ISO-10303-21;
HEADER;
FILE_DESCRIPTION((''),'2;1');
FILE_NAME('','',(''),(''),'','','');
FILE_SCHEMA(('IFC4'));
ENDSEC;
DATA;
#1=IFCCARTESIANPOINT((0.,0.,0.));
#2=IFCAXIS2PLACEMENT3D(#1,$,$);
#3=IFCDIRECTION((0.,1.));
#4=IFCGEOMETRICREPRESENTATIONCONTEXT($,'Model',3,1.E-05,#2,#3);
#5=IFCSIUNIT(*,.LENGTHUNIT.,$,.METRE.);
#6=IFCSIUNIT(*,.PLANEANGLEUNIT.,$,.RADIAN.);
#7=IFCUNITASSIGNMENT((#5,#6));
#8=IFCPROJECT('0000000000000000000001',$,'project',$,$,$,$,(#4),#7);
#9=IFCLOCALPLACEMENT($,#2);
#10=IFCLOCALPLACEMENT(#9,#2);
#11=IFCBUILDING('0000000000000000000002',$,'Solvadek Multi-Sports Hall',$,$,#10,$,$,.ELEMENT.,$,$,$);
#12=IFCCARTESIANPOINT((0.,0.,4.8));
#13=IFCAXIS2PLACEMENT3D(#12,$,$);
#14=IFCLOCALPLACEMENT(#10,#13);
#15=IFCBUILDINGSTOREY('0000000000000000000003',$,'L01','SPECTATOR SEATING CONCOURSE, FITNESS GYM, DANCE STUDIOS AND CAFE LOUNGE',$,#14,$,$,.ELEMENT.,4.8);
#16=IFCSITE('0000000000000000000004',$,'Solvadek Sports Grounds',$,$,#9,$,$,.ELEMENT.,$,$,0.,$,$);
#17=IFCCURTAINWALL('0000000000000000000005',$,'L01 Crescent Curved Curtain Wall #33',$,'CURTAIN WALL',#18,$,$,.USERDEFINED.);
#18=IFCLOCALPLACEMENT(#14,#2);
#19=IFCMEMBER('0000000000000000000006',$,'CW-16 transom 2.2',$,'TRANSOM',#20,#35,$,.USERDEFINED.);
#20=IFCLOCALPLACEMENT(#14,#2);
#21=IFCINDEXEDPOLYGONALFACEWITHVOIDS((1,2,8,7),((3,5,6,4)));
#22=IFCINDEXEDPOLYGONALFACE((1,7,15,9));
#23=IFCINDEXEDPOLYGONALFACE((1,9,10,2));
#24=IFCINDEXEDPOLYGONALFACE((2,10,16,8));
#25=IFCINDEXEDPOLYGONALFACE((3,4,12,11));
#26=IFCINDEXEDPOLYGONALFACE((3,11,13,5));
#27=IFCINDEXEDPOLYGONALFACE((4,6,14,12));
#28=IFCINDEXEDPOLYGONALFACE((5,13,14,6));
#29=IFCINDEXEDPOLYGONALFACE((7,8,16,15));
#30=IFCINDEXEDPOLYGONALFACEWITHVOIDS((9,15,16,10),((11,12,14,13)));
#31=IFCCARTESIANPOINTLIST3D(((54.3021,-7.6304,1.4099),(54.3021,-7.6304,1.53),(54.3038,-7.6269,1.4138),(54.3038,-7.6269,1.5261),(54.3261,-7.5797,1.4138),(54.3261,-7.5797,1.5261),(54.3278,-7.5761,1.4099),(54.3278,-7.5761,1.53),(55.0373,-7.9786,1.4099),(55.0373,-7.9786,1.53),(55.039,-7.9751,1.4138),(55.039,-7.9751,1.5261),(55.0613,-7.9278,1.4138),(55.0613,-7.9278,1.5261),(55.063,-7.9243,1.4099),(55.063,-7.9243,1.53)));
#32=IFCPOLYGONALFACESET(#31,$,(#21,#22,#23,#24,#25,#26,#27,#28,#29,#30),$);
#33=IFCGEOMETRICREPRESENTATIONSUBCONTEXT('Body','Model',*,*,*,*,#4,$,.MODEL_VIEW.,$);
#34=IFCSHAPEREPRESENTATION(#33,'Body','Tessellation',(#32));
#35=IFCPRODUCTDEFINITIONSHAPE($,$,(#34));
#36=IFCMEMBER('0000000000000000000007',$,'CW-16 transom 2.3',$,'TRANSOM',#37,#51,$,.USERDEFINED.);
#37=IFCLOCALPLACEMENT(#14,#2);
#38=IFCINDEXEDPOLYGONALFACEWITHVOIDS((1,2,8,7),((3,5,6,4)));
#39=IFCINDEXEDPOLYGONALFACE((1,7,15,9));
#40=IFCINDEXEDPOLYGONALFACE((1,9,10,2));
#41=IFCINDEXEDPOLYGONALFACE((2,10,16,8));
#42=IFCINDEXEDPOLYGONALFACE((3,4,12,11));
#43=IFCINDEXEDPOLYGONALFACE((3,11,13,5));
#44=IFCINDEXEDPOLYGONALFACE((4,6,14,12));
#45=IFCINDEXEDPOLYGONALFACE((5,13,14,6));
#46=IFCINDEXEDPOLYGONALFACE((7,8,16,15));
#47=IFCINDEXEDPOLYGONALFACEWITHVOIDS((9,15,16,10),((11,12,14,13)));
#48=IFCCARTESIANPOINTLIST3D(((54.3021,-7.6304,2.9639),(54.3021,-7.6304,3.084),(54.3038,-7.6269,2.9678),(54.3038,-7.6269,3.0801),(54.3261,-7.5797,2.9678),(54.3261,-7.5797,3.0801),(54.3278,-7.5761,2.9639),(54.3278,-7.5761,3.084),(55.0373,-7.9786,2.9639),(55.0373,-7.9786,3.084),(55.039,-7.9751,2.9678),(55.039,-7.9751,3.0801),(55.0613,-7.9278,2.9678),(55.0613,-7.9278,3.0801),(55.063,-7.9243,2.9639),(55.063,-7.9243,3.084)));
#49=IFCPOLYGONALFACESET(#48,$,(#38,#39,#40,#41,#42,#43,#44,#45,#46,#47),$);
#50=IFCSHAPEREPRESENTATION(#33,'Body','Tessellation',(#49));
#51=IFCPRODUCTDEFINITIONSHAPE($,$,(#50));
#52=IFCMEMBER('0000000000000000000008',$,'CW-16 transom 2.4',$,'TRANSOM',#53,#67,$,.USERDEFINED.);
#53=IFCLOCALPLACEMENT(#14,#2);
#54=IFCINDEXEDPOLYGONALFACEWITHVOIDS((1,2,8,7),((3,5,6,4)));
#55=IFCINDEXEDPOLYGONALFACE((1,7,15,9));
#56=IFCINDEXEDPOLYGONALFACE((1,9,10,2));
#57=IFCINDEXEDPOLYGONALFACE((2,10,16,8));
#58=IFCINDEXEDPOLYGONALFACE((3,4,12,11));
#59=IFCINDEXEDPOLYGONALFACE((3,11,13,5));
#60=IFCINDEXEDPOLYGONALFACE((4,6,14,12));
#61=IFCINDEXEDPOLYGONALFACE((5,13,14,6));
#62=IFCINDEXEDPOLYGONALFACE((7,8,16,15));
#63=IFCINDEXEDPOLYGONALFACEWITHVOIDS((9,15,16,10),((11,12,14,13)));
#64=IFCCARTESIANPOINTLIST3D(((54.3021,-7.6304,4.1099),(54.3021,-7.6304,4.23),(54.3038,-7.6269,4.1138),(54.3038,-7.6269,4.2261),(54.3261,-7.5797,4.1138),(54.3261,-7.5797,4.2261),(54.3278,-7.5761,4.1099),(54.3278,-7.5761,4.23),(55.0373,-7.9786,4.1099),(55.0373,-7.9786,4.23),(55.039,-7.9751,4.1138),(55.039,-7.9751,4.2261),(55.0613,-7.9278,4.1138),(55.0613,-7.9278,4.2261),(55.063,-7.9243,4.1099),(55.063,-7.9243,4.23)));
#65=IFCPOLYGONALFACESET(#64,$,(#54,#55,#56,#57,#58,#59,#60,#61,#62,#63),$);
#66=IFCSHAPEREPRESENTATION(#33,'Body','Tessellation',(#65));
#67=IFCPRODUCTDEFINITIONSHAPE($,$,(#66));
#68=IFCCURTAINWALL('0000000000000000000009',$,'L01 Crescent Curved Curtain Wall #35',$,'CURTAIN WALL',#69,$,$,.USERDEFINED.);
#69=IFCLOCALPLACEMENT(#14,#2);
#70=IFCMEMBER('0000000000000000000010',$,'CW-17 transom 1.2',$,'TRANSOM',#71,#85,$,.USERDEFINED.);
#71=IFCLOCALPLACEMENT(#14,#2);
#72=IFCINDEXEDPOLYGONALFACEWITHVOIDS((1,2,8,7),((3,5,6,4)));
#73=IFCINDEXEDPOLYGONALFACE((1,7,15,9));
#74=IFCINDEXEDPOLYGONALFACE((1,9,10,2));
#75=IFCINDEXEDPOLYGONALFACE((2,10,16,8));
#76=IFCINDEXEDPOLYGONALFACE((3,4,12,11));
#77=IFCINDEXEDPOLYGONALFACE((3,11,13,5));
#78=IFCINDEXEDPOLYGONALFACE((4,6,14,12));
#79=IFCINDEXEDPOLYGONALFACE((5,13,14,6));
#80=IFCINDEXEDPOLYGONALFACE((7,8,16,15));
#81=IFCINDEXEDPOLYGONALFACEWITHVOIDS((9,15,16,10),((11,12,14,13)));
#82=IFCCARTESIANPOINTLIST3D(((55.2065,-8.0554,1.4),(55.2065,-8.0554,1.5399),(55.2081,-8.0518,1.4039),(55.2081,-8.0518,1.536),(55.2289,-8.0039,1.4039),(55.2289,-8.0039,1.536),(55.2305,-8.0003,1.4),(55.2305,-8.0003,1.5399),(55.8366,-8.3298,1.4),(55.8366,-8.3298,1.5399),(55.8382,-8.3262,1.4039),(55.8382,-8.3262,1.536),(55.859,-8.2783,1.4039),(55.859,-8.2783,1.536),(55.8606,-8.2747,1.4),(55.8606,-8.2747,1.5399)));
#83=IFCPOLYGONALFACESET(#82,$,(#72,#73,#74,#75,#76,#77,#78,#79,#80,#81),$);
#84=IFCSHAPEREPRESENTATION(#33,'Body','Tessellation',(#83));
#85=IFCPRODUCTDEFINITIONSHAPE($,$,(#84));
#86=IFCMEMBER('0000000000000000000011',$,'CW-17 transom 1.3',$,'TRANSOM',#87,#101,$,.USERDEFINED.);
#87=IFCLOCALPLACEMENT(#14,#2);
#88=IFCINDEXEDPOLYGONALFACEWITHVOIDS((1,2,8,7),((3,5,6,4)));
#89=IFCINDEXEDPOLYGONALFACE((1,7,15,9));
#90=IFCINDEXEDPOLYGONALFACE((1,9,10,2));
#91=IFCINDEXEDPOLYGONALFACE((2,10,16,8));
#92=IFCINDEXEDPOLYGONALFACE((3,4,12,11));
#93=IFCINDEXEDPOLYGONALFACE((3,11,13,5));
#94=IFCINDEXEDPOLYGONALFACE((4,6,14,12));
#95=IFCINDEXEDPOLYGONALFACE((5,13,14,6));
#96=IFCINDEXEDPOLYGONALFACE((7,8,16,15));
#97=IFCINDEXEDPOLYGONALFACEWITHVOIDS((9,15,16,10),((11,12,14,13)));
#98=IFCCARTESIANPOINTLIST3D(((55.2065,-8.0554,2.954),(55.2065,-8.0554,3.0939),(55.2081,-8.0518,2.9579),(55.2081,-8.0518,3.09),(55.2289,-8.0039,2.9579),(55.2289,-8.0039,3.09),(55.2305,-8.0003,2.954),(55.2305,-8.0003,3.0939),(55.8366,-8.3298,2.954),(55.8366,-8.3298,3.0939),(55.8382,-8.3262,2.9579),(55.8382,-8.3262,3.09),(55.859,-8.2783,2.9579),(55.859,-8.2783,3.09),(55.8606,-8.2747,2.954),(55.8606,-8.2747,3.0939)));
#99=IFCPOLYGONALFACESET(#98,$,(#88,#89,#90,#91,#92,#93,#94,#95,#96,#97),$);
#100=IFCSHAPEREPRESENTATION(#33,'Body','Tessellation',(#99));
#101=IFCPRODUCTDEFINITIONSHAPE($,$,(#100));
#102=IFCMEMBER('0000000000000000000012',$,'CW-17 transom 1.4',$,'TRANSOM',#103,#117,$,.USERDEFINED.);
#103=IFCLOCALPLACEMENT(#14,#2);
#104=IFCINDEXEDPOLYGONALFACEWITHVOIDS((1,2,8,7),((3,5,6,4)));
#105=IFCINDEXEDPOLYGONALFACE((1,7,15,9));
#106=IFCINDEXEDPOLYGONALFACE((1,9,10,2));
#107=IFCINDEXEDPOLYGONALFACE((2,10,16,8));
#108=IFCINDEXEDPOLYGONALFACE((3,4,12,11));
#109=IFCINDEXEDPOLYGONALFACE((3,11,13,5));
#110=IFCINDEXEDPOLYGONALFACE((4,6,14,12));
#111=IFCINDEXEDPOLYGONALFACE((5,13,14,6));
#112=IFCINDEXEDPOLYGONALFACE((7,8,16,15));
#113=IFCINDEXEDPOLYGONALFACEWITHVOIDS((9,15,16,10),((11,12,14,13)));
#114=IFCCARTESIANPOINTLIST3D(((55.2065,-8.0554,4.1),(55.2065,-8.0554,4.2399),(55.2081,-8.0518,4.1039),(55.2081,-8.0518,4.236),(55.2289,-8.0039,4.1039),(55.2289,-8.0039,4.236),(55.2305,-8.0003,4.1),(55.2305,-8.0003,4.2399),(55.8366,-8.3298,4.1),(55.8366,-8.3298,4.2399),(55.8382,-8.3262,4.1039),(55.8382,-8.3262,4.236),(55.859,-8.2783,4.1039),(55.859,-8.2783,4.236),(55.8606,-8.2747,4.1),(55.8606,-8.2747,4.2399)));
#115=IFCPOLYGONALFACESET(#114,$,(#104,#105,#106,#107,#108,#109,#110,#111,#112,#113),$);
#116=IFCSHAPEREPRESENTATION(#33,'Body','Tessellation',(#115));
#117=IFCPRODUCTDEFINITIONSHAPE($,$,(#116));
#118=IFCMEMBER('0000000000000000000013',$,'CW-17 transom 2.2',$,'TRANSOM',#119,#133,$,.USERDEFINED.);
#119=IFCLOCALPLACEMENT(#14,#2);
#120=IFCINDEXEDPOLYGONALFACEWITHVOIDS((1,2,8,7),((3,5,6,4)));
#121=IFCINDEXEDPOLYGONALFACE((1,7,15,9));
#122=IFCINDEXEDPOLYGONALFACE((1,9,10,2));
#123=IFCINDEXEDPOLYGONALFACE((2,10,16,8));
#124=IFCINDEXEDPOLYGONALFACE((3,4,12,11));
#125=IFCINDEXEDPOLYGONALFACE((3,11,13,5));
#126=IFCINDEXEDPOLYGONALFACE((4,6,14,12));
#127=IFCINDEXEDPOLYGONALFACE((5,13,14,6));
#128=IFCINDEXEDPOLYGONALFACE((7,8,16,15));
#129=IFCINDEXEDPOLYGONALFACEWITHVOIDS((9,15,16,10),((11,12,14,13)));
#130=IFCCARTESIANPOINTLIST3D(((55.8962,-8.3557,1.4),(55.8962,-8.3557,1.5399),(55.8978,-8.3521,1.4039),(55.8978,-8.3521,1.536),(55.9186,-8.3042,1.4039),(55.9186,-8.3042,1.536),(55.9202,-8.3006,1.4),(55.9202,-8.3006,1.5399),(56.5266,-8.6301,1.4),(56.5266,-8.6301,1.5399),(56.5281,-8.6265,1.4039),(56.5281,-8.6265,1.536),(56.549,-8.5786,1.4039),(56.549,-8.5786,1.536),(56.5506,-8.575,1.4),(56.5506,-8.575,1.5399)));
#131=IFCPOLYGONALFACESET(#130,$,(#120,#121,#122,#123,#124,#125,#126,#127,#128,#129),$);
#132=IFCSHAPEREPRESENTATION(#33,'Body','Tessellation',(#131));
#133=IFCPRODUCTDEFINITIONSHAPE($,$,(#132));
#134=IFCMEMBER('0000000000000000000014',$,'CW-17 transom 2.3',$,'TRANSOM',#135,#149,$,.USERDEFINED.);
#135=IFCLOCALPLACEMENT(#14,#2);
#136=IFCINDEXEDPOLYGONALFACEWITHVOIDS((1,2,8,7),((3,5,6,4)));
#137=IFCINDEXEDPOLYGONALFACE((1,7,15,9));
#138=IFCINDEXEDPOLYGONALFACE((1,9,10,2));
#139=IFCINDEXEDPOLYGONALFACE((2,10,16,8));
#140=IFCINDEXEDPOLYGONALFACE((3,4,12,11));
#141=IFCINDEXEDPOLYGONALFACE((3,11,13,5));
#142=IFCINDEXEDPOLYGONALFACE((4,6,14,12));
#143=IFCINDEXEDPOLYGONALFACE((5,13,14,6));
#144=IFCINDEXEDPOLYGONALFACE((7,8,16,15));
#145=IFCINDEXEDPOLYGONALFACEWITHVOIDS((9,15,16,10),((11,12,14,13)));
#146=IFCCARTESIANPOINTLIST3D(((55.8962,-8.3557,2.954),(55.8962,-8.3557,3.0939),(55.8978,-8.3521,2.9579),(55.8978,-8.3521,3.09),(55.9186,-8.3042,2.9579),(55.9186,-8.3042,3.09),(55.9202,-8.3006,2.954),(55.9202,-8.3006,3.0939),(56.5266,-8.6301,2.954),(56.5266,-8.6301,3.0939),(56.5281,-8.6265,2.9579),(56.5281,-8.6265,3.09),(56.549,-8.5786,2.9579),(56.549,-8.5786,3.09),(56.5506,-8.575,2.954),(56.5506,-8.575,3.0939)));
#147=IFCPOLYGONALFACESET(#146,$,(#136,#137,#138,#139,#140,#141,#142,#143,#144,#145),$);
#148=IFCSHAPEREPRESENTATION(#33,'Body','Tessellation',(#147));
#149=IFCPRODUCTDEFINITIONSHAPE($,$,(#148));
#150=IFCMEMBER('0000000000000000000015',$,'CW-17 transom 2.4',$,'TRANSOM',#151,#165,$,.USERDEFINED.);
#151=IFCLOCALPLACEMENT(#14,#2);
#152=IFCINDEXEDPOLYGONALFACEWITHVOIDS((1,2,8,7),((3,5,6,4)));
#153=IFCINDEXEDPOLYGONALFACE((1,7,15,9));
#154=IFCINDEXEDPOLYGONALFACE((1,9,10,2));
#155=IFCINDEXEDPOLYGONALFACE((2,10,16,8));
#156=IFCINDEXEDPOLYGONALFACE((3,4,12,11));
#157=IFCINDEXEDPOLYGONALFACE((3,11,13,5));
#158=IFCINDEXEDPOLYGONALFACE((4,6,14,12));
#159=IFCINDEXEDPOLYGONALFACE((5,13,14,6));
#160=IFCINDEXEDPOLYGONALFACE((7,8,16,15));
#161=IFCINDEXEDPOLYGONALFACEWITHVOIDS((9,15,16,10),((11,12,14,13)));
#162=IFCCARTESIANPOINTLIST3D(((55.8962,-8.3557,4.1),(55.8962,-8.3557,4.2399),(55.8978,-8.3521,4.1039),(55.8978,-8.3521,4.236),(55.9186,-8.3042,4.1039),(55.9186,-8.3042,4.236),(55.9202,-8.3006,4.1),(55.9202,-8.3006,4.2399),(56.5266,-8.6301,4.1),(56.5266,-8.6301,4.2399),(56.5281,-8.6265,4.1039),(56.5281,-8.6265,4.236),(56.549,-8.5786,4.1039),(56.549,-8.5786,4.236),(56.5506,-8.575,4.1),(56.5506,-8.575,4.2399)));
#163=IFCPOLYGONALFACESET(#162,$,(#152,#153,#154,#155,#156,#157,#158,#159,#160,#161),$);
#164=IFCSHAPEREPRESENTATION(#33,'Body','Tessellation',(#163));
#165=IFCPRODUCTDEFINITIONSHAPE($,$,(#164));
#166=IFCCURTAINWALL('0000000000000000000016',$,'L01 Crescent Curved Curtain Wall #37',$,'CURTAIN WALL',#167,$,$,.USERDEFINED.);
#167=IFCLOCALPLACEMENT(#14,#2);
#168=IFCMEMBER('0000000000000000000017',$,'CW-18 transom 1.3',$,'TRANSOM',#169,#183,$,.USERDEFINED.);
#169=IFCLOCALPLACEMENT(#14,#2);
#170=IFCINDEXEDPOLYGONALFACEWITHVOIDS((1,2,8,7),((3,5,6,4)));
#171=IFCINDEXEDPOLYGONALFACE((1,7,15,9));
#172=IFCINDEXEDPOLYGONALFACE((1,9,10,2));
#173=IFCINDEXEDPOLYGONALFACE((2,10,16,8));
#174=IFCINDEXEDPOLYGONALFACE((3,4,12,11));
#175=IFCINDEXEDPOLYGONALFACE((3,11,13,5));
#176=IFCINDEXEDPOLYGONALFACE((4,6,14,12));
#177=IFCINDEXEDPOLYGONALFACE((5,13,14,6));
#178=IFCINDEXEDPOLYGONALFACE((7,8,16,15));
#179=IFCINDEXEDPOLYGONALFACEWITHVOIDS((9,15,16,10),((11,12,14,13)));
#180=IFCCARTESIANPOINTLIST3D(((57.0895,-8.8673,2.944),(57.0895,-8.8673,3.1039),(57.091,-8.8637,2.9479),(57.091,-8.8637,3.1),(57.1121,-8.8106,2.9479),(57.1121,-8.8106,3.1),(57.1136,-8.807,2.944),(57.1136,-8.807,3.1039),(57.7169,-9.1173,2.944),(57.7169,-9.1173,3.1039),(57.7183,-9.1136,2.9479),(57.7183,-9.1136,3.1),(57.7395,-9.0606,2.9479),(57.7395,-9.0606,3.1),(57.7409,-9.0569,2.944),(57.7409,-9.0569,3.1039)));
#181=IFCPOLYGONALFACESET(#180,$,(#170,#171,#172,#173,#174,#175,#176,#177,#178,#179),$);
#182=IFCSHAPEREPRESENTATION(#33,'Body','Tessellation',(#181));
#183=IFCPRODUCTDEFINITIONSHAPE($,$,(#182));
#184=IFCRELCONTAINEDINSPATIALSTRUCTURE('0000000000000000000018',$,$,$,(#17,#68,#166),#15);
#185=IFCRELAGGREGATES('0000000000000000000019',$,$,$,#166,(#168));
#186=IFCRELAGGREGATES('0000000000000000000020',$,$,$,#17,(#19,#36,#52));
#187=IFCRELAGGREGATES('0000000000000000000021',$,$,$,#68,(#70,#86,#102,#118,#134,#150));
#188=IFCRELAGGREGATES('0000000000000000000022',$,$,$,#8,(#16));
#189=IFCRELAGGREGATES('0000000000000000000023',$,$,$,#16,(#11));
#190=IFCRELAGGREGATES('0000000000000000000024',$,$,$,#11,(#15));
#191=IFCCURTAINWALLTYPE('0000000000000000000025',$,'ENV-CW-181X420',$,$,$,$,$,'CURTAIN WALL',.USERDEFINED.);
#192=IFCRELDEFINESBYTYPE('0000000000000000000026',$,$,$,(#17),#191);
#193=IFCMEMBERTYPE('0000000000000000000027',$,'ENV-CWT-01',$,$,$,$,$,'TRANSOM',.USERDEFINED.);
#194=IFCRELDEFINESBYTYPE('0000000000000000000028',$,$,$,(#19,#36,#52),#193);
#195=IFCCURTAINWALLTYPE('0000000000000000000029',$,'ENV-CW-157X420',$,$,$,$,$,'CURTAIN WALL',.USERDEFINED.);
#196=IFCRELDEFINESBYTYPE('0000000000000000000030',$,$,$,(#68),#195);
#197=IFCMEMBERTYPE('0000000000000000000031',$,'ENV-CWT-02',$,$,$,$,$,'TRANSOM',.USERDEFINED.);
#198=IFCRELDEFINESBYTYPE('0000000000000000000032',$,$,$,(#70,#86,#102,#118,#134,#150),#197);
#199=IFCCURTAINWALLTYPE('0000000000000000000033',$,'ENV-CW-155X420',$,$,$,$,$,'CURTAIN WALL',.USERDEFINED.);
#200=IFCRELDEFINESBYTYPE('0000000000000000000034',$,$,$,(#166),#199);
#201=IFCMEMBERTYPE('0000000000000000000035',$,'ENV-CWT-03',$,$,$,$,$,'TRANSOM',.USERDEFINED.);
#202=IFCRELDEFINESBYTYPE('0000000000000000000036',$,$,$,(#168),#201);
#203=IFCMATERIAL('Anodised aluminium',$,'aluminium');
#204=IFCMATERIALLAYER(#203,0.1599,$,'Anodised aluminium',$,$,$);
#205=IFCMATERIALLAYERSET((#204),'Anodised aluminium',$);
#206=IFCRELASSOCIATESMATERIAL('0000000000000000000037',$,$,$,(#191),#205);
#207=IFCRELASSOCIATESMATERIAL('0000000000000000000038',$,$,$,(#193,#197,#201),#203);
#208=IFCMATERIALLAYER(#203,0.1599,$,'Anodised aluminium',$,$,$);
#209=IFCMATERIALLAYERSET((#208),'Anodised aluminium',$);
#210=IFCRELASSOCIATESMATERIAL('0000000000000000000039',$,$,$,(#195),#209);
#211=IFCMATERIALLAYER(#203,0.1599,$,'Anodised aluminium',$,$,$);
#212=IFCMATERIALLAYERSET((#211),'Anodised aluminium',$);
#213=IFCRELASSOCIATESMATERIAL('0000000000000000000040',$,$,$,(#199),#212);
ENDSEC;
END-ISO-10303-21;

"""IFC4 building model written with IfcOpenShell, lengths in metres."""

from ifc_helpers import new_model, si_unit, direction, frame, origin, origin_2d, place, context, subcontext, project, spatial, hollow_rectangle, extrude, material, layer, layer_set, material_profile, profile_set, type_object, element, aggregate, save


model = new_model("IFC4")

# Units and contexts
model_context = context("Model", 3, precision=1e-05, world=origin(), true_north=direction((0.0, 1.0)))
body_context = subcontext(model_context, "Body", "Model", "MODEL_VIEW")
ifc_project = project(units=[si_unit("LENGTHUNIT", "METRE"), si_unit("PLANEANGLEUNIT", "RADIAN")], contexts=[model_context])

# Site, building, storey
site_placement = place(None, origin())
site = spatial("IfcSite", under=ifc_project, at=site_placement, Name="Solvadek Sports Grounds", CompositionType="ELEMENT", RefElevation=0.0)
building_placement = place(site_placement, origin())
building = spatial("IfcBuilding", under=site, at=building_placement, Name="Solvadek Multi-Sports Hall", CompositionType="ELEMENT")
storey_placement = place(building_placement, frame((0.0, 0.0, 4.8)))
storey = spatial("IfcBuildingStorey", under=building, at=storey_placement, Name="L01", Description="SPECTATOR SEATING CONCOURSE, FITNESS GYM, DANCE STUDIOS AND CAFE LOUNGE", CompositionType="ELEMENT", Elevation=4.8)

# Curtain walls, members
ifc_material_1 = material(Name="Anodised aluminium", Category="aluminium")
ifc_layer_1 = layer(ifc_material_1, 0.1599, Name="Anodised aluminium")
ifc_layer_set_1 = layer_set([ifc_layer_1], Name="Anodised aluminium")
curtain_wall_type_1 = type_object("IfcCurtainWallType", Name="ENV-CW-181X420", ElementType="CURTAIN WALL", PredefinedType="USERDEFINED", material=ifc_layer_set_1)
curtain_wall_1_placement = place(storey_placement, origin())
curtain_wall_1 = element("IfcCurtainWall", 1, at=curtain_wall_1_placement, inside=storey, type_object=curtain_wall_type_1, Name="L01 Crescent Curved Curtain Wall #33", ObjectType="CURTAIN WALL", PredefinedType="USERDEFINED")
ifc_material_profile_1 = material_profile(ifc_material_1, hollow_rectangle(XDim=0.0601, YDim=0.1201, WallThickness=0.0039, at=origin_2d()), Name="ALU-T 120x60x4")
ifc_profile_set_1 = profile_set([ifc_material_profile_1], Name="Anodised aluminium")
member_type_1 = type_object("IfcMemberType", Name="ENV-CWT-01", ElementType="TRANSOM", PredefinedType="USERDEFINED", material=ifc_profile_set_1)
member_1_placement = place(storey_placement, frame((54.3149, -7.6033, 1.47), z_axis=(0.903768, -0.428022, 0.0), x_axis=(0.428022, 0.903768, 0.0)))
member_1 = element("IfcMember", 2, at=member_1_placement, type_object=member_type_1, Name="CW-16 transom 2.2", ObjectType="TRANSOM", PredefinedType="USERDEFINED", context=body_context, shape_type="SweptSolid", body=[
    extrude(hollow_rectangle(XDim=0.0601, YDim=0.1201, WallThickness=0.0039, at=origin_2d()), origin(), (0.0, 0.0, 1.0), 0.8135),
])
member_2_placement = place(storey_placement, frame((54.3149, -7.6033, 3.0239), z_axis=(0.903768, -0.428022, 0.0), x_axis=(0.428022, 0.903768, 0.0)))
member_2 = element("IfcMember", 3, at=member_2_placement, type_object=member_type_1, Name="CW-16 transom 2.3", ObjectType="TRANSOM", PredefinedType="USERDEFINED", context=body_context, shape_type="SweptSolid", body=[
    extrude(hollow_rectangle(XDim=0.0601, YDim=0.1201, WallThickness=0.0039, at=origin_2d()), origin(), (0.0, 0.0, 1.0), 0.8135),
])
member_3_placement = place(storey_placement, frame((54.3149, -7.6033, 4.1699), z_axis=(0.903768, -0.428022, 0.0), x_axis=(0.428022, 0.903768, 0.0)))
member_3 = element("IfcMember", 4, at=member_3_placement, type_object=member_type_1, Name="CW-16 transom 2.4", ObjectType="TRANSOM", PredefinedType="USERDEFINED", context=body_context, shape_type="SweptSolid", body=[
    extrude(hollow_rectangle(XDim=0.0601, YDim=0.1201, WallThickness=0.0039, at=origin_2d()), origin(), (0.0, 0.0, 1.0), 0.8135),
])
ifc_layer_2 = layer(ifc_material_1, 0.1599, Name="Anodised aluminium")
ifc_layer_set_2 = layer_set([ifc_layer_2], Name="Anodised aluminium")
curtain_wall_type_2 = type_object("IfcCurtainWallType", Name="ENV-CW-157X420", ElementType="CURTAIN WALL", PredefinedType="USERDEFINED", material=ifc_layer_set_2)
curtain_wall_2_placement = place(storey_placement, origin())
curtain_wall_2 = element("IfcCurtainWall", 5, at=curtain_wall_2_placement, inside=storey, type_object=curtain_wall_type_2, Name="L01 Crescent Curved Curtain Wall #35", ObjectType="CURTAIN WALL", PredefinedType="USERDEFINED")
ifc_material_profile_2 = material_profile(ifc_material_1, hollow_rectangle(XDim=0.0601, YDim=0.1399, WallThickness=0.0039, at=origin_2d()), Name="ALU-T 140x60x4")
ifc_profile_set_2 = profile_set([ifc_material_profile_2], Name="Anodised aluminium")
member_type_2 = type_object("IfcMemberType", Name="ENV-CWT-02", ElementType="TRANSOM", PredefinedType="USERDEFINED", material=ifc_profile_set_2)
member_4_placement = place(storey_placement, frame((55.2185, -8.0278, 1.47), z_axis=(0.916833, -0.399272, 0.0), x_axis=(0.399272, 0.916833, 0.0)))
member_4 = element("IfcMember", 6, at=member_4_placement, type_object=member_type_2, Name="CW-17 transom 1.2", ObjectType="TRANSOM", PredefinedType="USERDEFINED", context=body_context, shape_type="SweptSolid", body=[
    extrude(hollow_rectangle(XDim=0.0601, YDim=0.1399, WallThickness=0.0039, at=origin_2d()), origin(), (0.0, 0.0, 1.0), 0.6873),
])
member_5_placement = place(storey_placement, frame((55.2185, -8.0278, 3.0239), z_axis=(0.916833, -0.399272, 0.0), x_axis=(0.399272, 0.916833, 0.0)))
member_5 = element("IfcMember", 7, at=member_5_placement, type_object=member_type_2, Name="CW-17 transom 1.3", ObjectType="TRANSOM", PredefinedType="USERDEFINED", context=body_context, shape_type="SweptSolid", body=[
    extrude(hollow_rectangle(XDim=0.0601, YDim=0.1399, WallThickness=0.0039, at=origin_2d()), origin(), (0.0, 0.0, 1.0), 0.6873),
])
member_6_placement = place(storey_placement, frame((55.2185, -8.0278, 4.1699), z_axis=(0.916833, -0.399272, 0.0), x_axis=(0.399272, 0.916833, 0.0)))
member_6 = element("IfcMember", 8, at=member_6_placement, type_object=member_type_2, Name="CW-17 transom 1.4", ObjectType="TRANSOM", PredefinedType="USERDEFINED", context=body_context, shape_type="SweptSolid", body=[
    extrude(hollow_rectangle(XDim=0.0601, YDim=0.1399, WallThickness=0.0039, at=origin_2d()), origin(), (0.0, 0.0, 1.0), 0.6873),
])
member_7_placement = place(storey_placement, frame((55.9082, -8.3281, 1.47), z_axis=(0.916889, -0.399142, 0.0), x_axis=(0.399142, 0.916889, 0.0)))
member_7 = element("IfcMember", 9, at=member_7_placement, type_object=member_type_2, Name="CW-17 transom 2.2", ObjectType="TRANSOM", PredefinedType="USERDEFINED", context=body_context, shape_type="SweptSolid", body=[
    extrude(hollow_rectangle(XDim=0.0601, YDim=0.1399, WallThickness=0.0039, at=origin_2d()), origin(), (0.0, 0.0, 1.0), 0.6875),
])
member_8_placement = place(storey_placement, frame((55.9082, -8.3281, 3.0239), z_axis=(0.916889, -0.399142, 0.0), x_axis=(0.399142, 0.916889, 0.0)))
member_8 = element("IfcMember", 10, at=member_8_placement, type_object=member_type_2, Name="CW-17 transom 2.3", ObjectType="TRANSOM", PredefinedType="USERDEFINED", context=body_context, shape_type="SweptSolid", body=[
    extrude(hollow_rectangle(XDim=0.0601, YDim=0.1399, WallThickness=0.0039, at=origin_2d()), origin(), (0.0, 0.0, 1.0), 0.6875),
])
member_9_placement = place(storey_placement, frame((55.9082, -8.3281, 4.1699), z_axis=(0.916889, -0.399142, 0.0), x_axis=(0.399142, 0.916889, 0.0)))
member_9 = element("IfcMember", 11, at=member_9_placement, type_object=member_type_2, Name="CW-17 transom 2.4", ObjectType="TRANSOM", PredefinedType="USERDEFINED", context=body_context, shape_type="SweptSolid", body=[
    extrude(hollow_rectangle(XDim=0.0601, YDim=0.1399, WallThickness=0.0039, at=origin_2d()), origin(), (0.0, 0.0, 1.0), 0.6875),
])
ifc_layer_3 = layer(ifc_material_1, 0.1599, Name="Anodised aluminium")
ifc_layer_set_3 = layer_set([ifc_layer_3], Name="Anodised aluminium")
curtain_wall_type_3 = type_object("IfcCurtainWallType", Name="ENV-CW-155X420", ElementType="CURTAIN WALL", PredefinedType="USERDEFINED", material=ifc_layer_set_3)
curtain_wall_3_placement = place(storey_placement, origin())
curtain_wall_3 = element("IfcCurtainWall", 12, at=curtain_wall_3_placement, inside=storey, type_object=curtain_wall_type_3, Name="L01 Crescent Curved Curtain Wall #37", ObjectType="CURTAIN WALL", PredefinedType="USERDEFINED")
ifc_material_profile_3 = material_profile(ifc_material_1, hollow_rectangle(XDim=0.0649, YDim=0.1599, WallThickness=0.0039, at=origin_2d()), Name="ALU-T 160x65x4")
ifc_profile_set_3 = profile_set([ifc_material_profile_3], Name="Anodised aluminium")
member_type_3 = type_object("IfcMemberType", Name="ENV-CWT-03", ElementType="TRANSOM", PredefinedType="USERDEFINED", material=ifc_profile_set_3)
member_10_placement = place(storey_placement, frame((57.1016, -8.8372, 3.0239), z_axis=(0.928974, -0.370144, 0.0), x_axis=(0.370144, 0.928974, 0.0)))
member_10 = element("IfcMember", 13, at=member_10_placement, type_object=member_type_3, Name="CW-18 transom 1.3", ObjectType="TRANSOM", PredefinedType="USERDEFINED", context=body_context, shape_type="SweptSolid", body=[
    extrude(hollow_rectangle(XDim=0.0649, YDim=0.1599, WallThickness=0.0039, at=origin_2d()), origin(), (0.0, 0.0, 1.0), 0.6753),
])

aggregate(curtain_wall_3, [member_10])
aggregate(curtain_wall_1, [member_1, member_2, member_3])
aggregate(curtain_wall_2, [member_4, member_5, member_6, member_7, member_8, member_9])

save(model, "model.ifc")
